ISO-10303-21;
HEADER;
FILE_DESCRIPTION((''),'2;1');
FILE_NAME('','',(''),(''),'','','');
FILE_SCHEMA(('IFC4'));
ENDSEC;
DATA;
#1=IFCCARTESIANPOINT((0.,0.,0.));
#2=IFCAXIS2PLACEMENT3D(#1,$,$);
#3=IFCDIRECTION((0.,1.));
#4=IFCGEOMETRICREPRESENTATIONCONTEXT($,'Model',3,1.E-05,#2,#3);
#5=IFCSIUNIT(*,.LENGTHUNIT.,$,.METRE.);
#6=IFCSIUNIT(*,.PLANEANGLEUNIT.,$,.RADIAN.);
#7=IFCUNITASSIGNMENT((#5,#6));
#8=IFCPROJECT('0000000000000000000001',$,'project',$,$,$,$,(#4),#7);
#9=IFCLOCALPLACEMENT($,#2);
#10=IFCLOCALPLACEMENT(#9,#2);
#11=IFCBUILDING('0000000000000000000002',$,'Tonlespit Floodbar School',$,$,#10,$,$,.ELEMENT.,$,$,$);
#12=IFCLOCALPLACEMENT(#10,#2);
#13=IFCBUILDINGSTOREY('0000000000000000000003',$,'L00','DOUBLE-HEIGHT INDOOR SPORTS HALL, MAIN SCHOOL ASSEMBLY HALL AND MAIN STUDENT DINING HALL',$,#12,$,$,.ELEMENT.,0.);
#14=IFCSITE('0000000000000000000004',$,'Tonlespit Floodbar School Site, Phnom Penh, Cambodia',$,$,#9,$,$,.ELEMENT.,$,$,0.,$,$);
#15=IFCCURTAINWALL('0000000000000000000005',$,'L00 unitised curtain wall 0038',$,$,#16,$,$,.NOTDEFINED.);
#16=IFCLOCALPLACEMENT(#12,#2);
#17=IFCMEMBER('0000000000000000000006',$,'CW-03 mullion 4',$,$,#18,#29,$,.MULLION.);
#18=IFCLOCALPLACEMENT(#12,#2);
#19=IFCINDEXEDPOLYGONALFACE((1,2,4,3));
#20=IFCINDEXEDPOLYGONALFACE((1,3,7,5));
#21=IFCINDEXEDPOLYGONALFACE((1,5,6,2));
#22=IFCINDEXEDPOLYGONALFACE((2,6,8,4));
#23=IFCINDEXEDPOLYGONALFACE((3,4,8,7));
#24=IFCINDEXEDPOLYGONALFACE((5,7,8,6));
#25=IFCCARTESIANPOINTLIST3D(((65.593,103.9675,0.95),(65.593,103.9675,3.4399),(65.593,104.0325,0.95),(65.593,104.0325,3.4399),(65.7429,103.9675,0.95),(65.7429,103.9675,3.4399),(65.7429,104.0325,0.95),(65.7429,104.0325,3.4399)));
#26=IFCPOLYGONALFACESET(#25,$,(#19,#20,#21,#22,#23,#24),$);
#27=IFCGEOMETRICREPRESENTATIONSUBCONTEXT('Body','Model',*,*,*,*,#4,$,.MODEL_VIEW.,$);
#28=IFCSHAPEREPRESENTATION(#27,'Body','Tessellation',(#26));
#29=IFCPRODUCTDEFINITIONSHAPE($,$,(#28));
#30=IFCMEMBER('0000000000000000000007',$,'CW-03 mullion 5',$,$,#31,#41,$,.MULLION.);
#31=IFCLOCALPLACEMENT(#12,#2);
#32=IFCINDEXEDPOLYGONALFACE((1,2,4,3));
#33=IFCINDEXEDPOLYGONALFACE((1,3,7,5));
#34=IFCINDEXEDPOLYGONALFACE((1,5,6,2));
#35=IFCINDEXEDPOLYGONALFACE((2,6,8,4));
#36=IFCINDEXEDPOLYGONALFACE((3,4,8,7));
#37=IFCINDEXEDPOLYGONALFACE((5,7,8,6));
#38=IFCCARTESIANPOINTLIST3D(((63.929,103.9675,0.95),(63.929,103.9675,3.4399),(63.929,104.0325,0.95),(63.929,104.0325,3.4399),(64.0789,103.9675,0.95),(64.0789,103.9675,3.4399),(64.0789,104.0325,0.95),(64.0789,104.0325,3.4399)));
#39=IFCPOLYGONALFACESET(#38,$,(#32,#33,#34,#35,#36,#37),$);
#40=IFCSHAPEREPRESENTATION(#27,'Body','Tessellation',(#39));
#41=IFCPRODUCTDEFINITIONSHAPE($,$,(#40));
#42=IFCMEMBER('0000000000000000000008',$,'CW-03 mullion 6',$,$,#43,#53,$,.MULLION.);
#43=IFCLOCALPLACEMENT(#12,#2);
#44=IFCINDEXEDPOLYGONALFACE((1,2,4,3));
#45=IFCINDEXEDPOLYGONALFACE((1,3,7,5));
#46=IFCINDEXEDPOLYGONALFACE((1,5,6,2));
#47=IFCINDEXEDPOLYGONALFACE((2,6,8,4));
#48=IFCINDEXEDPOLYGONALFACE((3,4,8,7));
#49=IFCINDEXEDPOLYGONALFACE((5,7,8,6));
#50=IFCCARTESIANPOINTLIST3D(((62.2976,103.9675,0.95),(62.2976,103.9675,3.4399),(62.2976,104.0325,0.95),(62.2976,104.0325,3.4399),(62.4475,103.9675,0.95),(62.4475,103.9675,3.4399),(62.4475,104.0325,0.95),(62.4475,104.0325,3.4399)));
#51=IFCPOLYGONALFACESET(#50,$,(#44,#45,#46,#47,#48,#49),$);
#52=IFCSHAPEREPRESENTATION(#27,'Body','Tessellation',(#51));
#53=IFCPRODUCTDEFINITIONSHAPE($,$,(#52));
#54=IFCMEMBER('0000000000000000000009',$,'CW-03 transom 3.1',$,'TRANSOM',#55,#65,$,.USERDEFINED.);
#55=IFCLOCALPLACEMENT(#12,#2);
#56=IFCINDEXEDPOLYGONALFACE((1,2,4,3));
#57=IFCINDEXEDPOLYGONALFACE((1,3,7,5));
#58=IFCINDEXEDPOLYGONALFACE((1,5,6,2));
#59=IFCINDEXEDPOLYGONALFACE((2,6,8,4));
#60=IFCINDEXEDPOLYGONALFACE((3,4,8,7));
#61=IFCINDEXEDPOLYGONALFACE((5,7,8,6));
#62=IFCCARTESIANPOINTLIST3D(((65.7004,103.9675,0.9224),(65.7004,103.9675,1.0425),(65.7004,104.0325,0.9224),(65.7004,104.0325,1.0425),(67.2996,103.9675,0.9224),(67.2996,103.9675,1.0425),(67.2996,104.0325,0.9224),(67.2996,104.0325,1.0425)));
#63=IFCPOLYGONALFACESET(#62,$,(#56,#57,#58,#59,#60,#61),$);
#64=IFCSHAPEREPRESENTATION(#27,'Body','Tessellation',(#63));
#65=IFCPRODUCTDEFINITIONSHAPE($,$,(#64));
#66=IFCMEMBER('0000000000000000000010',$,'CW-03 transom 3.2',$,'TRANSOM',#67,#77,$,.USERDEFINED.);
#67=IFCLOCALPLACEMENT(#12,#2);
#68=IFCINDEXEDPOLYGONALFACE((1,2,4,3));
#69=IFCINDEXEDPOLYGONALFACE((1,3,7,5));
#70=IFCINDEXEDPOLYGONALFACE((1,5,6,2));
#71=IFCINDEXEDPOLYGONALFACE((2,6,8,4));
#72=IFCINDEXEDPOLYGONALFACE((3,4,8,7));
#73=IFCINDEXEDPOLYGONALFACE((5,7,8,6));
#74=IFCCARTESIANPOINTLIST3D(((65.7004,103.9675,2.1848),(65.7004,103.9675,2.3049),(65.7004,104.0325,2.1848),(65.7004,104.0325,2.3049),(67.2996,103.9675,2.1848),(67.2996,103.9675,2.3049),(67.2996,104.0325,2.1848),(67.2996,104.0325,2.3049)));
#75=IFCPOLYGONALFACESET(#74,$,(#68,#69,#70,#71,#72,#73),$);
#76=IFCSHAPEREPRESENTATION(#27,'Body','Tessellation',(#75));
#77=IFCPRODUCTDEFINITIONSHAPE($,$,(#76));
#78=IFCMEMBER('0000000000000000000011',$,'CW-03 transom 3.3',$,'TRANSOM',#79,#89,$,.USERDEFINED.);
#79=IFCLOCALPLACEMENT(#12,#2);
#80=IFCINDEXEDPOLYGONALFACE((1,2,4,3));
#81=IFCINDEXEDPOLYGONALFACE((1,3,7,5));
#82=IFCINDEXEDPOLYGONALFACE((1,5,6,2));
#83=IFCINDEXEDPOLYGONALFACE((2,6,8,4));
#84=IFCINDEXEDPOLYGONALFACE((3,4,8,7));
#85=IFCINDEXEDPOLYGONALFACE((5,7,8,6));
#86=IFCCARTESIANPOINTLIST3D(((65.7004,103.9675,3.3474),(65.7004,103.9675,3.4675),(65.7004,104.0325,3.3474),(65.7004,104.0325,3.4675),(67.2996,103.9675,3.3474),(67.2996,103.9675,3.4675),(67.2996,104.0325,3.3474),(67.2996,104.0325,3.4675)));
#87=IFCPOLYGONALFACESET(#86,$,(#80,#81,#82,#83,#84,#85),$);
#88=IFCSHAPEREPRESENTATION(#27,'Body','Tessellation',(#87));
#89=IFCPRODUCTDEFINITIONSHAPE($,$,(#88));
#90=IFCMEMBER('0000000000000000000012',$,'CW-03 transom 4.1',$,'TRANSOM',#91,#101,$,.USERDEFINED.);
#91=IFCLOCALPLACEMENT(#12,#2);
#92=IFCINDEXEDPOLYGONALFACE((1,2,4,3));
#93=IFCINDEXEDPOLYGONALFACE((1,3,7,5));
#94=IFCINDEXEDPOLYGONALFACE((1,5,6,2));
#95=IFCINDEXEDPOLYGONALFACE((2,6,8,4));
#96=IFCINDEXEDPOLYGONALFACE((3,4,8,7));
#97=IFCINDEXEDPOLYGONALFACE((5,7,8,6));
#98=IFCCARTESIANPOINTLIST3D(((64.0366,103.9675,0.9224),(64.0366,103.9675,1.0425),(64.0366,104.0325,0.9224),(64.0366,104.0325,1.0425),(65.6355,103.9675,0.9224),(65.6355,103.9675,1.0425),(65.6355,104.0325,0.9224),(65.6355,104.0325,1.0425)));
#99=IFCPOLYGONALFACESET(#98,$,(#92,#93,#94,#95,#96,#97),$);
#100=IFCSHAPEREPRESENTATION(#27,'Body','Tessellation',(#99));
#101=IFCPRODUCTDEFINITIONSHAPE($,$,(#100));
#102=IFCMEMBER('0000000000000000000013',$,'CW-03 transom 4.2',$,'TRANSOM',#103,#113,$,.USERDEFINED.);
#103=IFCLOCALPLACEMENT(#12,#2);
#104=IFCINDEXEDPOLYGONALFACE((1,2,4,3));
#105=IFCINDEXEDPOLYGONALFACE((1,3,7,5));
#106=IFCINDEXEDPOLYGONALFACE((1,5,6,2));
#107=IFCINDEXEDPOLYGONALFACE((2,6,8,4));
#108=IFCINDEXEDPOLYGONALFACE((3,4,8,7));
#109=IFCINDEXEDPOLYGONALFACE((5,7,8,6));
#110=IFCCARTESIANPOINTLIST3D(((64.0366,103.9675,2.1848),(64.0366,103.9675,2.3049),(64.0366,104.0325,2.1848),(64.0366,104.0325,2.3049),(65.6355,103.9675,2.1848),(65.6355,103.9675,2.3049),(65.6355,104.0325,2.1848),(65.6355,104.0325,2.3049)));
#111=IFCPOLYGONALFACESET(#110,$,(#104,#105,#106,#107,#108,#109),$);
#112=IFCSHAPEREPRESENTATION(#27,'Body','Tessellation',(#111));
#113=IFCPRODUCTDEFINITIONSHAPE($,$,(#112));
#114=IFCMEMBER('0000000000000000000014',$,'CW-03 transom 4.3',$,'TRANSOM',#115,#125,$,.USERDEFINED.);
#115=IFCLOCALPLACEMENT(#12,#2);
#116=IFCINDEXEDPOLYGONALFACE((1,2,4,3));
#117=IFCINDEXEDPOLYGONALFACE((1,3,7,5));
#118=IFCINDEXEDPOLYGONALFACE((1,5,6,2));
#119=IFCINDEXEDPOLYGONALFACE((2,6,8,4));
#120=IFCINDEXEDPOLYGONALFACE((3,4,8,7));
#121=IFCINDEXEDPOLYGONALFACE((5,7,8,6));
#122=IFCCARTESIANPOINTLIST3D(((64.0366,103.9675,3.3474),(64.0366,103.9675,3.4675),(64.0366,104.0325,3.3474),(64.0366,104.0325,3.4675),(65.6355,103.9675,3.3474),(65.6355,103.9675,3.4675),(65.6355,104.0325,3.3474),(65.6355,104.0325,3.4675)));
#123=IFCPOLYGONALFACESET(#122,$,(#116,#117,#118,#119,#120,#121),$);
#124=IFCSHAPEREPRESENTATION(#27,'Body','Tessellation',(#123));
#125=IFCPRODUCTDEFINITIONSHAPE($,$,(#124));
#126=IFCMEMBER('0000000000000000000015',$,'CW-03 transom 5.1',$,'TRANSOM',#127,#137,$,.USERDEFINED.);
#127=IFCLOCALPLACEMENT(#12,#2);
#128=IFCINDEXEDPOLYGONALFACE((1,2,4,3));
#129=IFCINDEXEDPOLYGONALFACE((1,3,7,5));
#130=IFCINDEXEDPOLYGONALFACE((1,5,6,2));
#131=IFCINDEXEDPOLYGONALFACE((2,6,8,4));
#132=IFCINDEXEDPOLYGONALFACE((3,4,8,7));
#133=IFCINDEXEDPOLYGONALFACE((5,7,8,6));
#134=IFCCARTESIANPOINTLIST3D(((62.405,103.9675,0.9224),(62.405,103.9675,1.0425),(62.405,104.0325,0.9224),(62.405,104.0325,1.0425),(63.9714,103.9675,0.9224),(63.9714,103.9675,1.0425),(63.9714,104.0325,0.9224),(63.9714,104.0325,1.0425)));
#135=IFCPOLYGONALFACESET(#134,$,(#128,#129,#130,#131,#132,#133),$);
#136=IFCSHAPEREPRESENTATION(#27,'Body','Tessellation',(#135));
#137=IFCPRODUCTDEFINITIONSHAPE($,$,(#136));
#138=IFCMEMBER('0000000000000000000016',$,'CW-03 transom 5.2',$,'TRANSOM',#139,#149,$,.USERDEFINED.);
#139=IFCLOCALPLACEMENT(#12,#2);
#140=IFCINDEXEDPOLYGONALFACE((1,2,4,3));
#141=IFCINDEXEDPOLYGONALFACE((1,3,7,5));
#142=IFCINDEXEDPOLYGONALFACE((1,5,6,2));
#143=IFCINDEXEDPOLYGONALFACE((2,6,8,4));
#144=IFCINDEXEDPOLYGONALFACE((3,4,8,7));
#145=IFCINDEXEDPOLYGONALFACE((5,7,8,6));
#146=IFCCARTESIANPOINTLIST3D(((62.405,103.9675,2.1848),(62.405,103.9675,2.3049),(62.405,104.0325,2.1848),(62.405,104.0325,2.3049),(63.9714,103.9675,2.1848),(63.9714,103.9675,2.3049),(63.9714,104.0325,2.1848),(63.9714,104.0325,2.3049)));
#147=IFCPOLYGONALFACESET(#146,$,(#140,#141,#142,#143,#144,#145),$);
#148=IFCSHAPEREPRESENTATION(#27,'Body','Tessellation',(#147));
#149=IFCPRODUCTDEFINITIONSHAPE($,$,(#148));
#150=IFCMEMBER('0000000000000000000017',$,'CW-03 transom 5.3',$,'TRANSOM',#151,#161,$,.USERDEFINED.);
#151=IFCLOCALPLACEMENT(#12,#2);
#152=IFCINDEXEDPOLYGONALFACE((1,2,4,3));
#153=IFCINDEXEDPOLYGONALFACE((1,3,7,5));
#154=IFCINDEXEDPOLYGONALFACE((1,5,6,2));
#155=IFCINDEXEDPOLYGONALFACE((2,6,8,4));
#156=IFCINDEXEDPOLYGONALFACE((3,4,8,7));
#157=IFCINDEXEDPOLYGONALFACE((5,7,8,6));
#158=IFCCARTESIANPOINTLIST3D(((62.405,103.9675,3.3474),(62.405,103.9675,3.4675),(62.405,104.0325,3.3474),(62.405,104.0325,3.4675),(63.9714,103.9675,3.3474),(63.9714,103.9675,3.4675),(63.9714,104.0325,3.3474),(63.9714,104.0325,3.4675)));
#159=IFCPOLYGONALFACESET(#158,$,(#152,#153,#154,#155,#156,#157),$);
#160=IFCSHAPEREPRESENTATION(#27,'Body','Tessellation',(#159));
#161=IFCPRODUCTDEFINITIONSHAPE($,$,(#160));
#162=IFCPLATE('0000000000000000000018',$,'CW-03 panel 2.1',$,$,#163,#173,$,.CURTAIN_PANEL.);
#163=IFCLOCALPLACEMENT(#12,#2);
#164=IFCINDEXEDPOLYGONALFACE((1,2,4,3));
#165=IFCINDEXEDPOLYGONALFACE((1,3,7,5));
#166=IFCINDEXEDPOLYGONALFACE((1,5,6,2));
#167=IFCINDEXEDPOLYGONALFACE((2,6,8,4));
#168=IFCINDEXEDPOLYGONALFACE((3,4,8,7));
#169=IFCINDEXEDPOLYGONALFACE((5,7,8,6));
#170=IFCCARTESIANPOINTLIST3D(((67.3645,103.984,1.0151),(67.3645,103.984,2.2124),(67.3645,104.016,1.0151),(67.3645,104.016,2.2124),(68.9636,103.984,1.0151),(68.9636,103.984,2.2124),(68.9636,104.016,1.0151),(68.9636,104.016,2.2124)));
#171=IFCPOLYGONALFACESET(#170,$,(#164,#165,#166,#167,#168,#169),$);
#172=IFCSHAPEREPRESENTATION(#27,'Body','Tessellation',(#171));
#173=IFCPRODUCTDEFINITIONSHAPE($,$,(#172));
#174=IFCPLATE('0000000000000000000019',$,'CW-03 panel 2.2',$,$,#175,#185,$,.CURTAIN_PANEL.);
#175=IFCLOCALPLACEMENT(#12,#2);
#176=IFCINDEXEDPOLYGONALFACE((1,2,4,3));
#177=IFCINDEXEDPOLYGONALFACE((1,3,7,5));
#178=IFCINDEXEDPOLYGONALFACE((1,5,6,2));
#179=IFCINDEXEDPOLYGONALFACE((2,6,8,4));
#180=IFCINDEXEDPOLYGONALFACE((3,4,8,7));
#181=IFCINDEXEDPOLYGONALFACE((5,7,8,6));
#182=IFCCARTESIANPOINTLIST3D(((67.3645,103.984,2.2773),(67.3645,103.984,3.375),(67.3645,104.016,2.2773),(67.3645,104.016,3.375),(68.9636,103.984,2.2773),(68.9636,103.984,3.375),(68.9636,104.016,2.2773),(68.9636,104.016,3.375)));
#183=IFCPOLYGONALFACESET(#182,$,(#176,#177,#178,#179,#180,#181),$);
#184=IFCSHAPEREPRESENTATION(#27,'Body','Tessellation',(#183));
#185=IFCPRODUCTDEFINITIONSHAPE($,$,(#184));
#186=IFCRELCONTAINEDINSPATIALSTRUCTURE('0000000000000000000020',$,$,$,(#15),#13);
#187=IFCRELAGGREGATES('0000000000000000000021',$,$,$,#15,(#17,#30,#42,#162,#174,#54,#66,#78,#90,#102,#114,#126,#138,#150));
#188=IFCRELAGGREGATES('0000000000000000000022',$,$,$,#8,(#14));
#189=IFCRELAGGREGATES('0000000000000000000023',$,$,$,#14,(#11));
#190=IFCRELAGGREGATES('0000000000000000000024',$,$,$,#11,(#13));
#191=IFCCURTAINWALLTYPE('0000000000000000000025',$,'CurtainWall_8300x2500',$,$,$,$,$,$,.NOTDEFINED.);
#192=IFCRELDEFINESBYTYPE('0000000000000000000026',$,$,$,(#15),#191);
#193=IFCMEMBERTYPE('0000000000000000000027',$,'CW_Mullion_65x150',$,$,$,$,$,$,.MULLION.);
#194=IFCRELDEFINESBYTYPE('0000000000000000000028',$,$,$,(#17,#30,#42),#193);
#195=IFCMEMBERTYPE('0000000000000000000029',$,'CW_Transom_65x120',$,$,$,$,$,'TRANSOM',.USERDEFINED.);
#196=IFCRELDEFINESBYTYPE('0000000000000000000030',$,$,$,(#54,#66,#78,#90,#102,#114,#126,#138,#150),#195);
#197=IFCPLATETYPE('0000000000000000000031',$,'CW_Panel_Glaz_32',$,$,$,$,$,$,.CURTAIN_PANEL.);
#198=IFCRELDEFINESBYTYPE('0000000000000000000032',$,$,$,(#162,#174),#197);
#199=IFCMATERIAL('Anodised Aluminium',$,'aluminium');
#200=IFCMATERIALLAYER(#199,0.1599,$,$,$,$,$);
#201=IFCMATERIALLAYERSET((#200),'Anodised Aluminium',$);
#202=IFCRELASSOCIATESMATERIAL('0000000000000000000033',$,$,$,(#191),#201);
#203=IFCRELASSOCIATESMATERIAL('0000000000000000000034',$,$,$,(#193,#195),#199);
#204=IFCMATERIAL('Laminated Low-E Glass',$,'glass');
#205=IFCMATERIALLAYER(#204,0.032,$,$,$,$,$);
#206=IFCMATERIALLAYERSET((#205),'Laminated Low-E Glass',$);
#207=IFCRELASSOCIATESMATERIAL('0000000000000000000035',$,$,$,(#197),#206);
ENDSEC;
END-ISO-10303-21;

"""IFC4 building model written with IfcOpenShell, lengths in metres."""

from ifc_helpers import new_model, si_unit, direction, frame, origin, origin_2d, place, context, subcontext, project, spatial, rectangle, extrude, material, layer, layer_set, material_profile, profile_set, type_object, element, aggregate, save


model = new_model("IFC4")

# Units and contexts
model_context = context("Model", 3, precision=1e-05, world=origin(), true_north=direction((0.0, 1.0)))
body_context = subcontext(model_context, "Body", "Model", "MODEL_VIEW")
ifc_project = project(units=[si_unit("LENGTHUNIT", "METRE"), si_unit("PLANEANGLEUNIT", "RADIAN")], contexts=[model_context])

# Site, building, storey
site_placement = place(None, origin())
site = spatial("IfcSite", under=ifc_project, at=site_placement, Name="Tonlespit Floodbar School Site, Phnom Penh, Cambodia", CompositionType="ELEMENT", RefElevation=0.0)
building_placement = place(site_placement, origin())
building = spatial("IfcBuilding", under=site, at=building_placement, Name="Tonlespit Floodbar School", CompositionType="ELEMENT")
storey_placement = place(building_placement, origin())
storey = spatial("IfcBuildingStorey", under=building, at=storey_placement, Name="L00", Description="DOUBLE-HEIGHT INDOOR SPORTS HALL, MAIN SCHOOL ASSEMBLY HALL AND MAIN STUDENT DINING HALL", CompositionType="ELEMENT", Elevation=0.0)

# Curtain wall, members, plates
ifc_material_1 = material(Name="Anodised Aluminium", Category="aluminium")
ifc_layer_1 = layer(ifc_material_1, 0.1599)
ifc_layer_set_1 = layer_set([ifc_layer_1], Name="Anodised Aluminium")
curtain_wall_type = type_object("IfcCurtainWallType", Name="CurtainWall_8300x2500", PredefinedType="NOTDEFINED", material=ifc_layer_set_1)
curtain_wall_placement = place(storey_placement, origin())
curtain_wall = element("IfcCurtainWall", 1, at=curtain_wall_placement, inside=storey, type_object=curtain_wall_type, Name="L00 unitised curtain wall 0038", PredefinedType="NOTDEFINED")
ifc_material_profile_1 = material_profile(ifc_material_1, rectangle(XDim=0.0649, YDim=0.1499, at=origin_2d()), Name="ALU M65x150")
ifc_profile_set_1 = profile_set([ifc_material_profile_1], Name="Anodised Aluminium")
member_type_1 = type_object("IfcMemberType", Name="CW_Mullion_65x150", PredefinedType="MULLION", material=ifc_profile_set_1)
member_1_placement = place(storey_placement, frame((65.668, 104.0, 0.95), z_axis=(0.0, 0.0, 1.0), x_axis=(0.0, -1.0, 0.0)))
member_1 = element("IfcMember", 2, at=member_1_placement, type_object=member_type_1, Name="CW-03 mullion 4", PredefinedType="MULLION", context=body_context, shape_type="SweptSolid", body=[
    extrude(rectangle(XDim=0.0649, YDim=0.1499, at=origin_2d()), origin(), (0.0, 0.0, 1.0), 2.49),
])
member_2_placement = place(storey_placement, frame((64.0039, 104.0, 0.95), z_axis=(0.0, 0.0, 1.0), x_axis=(0.0, -1.0, 0.0)))
member_2 = element("IfcMember", 3, at=member_2_placement, type_object=member_type_1, Name="CW-03 mullion 5", PredefinedType="MULLION", context=body_context, shape_type="SweptSolid", body=[
    extrude(rectangle(XDim=0.0649, YDim=0.1499, at=origin_2d()), origin(), (0.0, 0.0, 1.0), 2.49),
])
member_3_placement = place(storey_placement, frame((62.3726, 104.0, 0.95), z_axis=(0.0, 0.0, 1.0), x_axis=(0.0, -1.0, 0.0)))
member_3 = element("IfcMember", 4, at=member_3_placement, type_object=member_type_1, Name="CW-03 mullion 6", PredefinedType="MULLION", context=body_context, shape_type="SweptSolid", body=[
    extrude(rectangle(XDim=0.0649, YDim=0.1499, at=origin_2d()), origin(), (0.0, 0.0, 1.0), 2.49),
])
ifc_material_profile_2 = material_profile(ifc_material_1, rectangle(XDim=0.0649, YDim=0.1201, at=origin_2d()), Name="ALU T65x120")
ifc_profile_set_2 = profile_set([ifc_material_profile_2], Name="Anodised Aluminium")
member_type_2 = type_object("IfcMemberType", Name="CW_Transom_65x120", ElementType="TRANSOM", PredefinedType="USERDEFINED", material=ifc_profile_set_2)
member_4_placement = place(storey_placement, frame((67.2996, 104.0, 0.9824), z_axis=(-1.0, 0.0, 0.0), x_axis=(0.0, -1.0, 0.0)))
member_4 = element("IfcMember", 5, at=member_4_placement, type_object=member_type_2, Name="CW-03 transom 3.1", ObjectType="TRANSOM", PredefinedType="USERDEFINED", context=body_context, shape_type="SweptSolid", body=[
    extrude(rectangle(XDim=0.0649, YDim=0.1201, at=origin_2d()), origin(), (0.0, 0.0, 1.0), 1.5991),
])
member_5_placement = place(storey_placement, frame((67.2996, 104.0, 2.2449), z_axis=(-1.0, 0.0, 0.0), x_axis=(0.0, -1.0, 0.0)))
member_5 = element("IfcMember", 6, at=member_5_placement, type_object=member_type_2, Name="CW-03 transom 3.2", ObjectType="TRANSOM", PredefinedType="USERDEFINED", context=body_context, shape_type="SweptSolid", body=[
    extrude(rectangle(XDim=0.0649, YDim=0.1201, at=origin_2d()), origin(), (0.0, 0.0, 1.0), 1.5991),
])
member_6_placement = place(storey_placement, frame((67.2996, 104.0, 3.4075), z_axis=(-1.0, 0.0, 0.0), x_axis=(0.0, -1.0, 0.0)))
member_6 = element("IfcMember", 7, at=member_6_placement, type_object=member_type_2, Name="CW-03 transom 3.3", ObjectType="TRANSOM", PredefinedType="USERDEFINED", context=body_context, shape_type="SweptSolid", body=[
    extrude(rectangle(XDim=0.0649, YDim=0.1201, at=origin_2d()), origin(), (0.0, 0.0, 1.0), 1.5991),
])
member_7_placement = place(storey_placement, frame((65.6355, 104.0, 0.9824), z_axis=(-1.0, 0.0, 0.0), x_axis=(0.0, -1.0, 0.0)))
member_7 = element("IfcMember", 8, at=member_7_placement, type_object=member_type_2, Name="CW-03 transom 4.1", ObjectType="TRANSOM", PredefinedType="USERDEFINED", context=body_context, shape_type="SweptSolid", body=[
    extrude(rectangle(XDim=0.0649, YDim=0.1201, at=origin_2d()), origin(), (0.0, 0.0, 1.0), 1.5989),
])
member_8_placement = place(storey_placement, frame((65.6355, 104.0, 2.2449), z_axis=(-1.0, 0.0, 0.0), x_axis=(0.0, -1.0, 0.0)))
member_8 = element("IfcMember", 9, at=member_8_placement, type_object=member_type_2, Name="CW-03 transom 4.2", ObjectType="TRANSOM", PredefinedType="USERDEFINED", context=body_context, shape_type="SweptSolid", body=[
    extrude(rectangle(XDim=0.0649, YDim=0.1201, at=origin_2d()), origin(), (0.0, 0.0, 1.0), 1.5989),
])
member_9_placement = place(storey_placement, frame((65.6355, 104.0, 3.4075), z_axis=(-1.0, 0.0, 0.0), x_axis=(0.0, -1.0, 0.0)))
member_9 = element("IfcMember", 10, at=member_9_placement, type_object=member_type_2, Name="CW-03 transom 4.3", ObjectType="TRANSOM", PredefinedType="USERDEFINED", context=body_context, shape_type="SweptSolid", body=[
    extrude(rectangle(XDim=0.0649, YDim=0.1201, at=origin_2d()), origin(), (0.0, 0.0, 1.0), 1.5989),
])
member_10_placement = place(storey_placement, frame((63.9714, 104.0, 0.9824), z_axis=(-1.0, 0.0, 0.0), x_axis=(0.0, -1.0, 0.0)))
member_10 = element("IfcMember", 11, at=member_10_placement, type_object=member_type_2, Name="CW-03 transom 5.1", ObjectType="TRANSOM", PredefinedType="USERDEFINED", context=body_context, shape_type="SweptSolid", body=[
    extrude(rectangle(XDim=0.0649, YDim=0.1201, at=origin_2d()), origin(), (0.0, 0.0, 1.0), 1.5664),
])
member_11_placement = place(storey_placement, frame((63.9714, 104.0, 2.2449), z_axis=(-1.0, 0.0, 0.0), x_axis=(0.0, -1.0, 0.0)))
member_11 = element("IfcMember", 12, at=member_11_placement, type_object=member_type_2, Name="CW-03 transom 5.2", ObjectType="TRANSOM", PredefinedType="USERDEFINED", context=body_context, shape_type="SweptSolid", body=[
    extrude(rectangle(XDim=0.0649, YDim=0.1201, at=origin_2d()), origin(), (0.0, 0.0, 1.0), 1.5664),
])
member_12_placement = place(storey_placement, frame((63.9714, 104.0, 3.4075), z_axis=(-1.0, 0.0, 0.0), x_axis=(0.0, -1.0, 0.0)))
member_12 = element("IfcMember", 13, at=member_12_placement, type_object=member_type_2, Name="CW-03 transom 5.3", ObjectType="TRANSOM", PredefinedType="USERDEFINED", context=body_context, shape_type="SweptSolid", body=[
    extrude(rectangle(XDim=0.0649, YDim=0.1201, at=origin_2d()), origin(), (0.0, 0.0, 1.0), 1.5664),
])
ifc_material_2 = material(Name="Laminated Low-E Glass", Category="glass")
ifc_layer_2 = layer(ifc_material_2, 0.032)
ifc_layer_set_2 = layer_set([ifc_layer_2], Name="Laminated Low-E Glass")
plate_type = type_object("IfcPlateType", Name="CW_Panel_Glaz_32", PredefinedType="CURTAIN_PANEL", material=ifc_layer_set_2)
plate_1_placement = place(storey_placement, frame((68.1641, 104.0, 1.0151), z_axis=(0.0, 0.0, 1.0), x_axis=(-1.0, 0.0, 0.0)))
plate_1 = element("IfcPlate", 14, at=plate_1_placement, type_object=plate_type, Name="CW-03 panel 2.1", PredefinedType="CURTAIN_PANEL", context=body_context, shape_type="SweptSolid", body=[
    extrude(rectangle(XDim=1.5991, YDim=0.032, at=origin_2d()), origin(), (0.0, 0.0, 1.0), 1.1973),
])
plate_2_placement = place(storey_placement, frame((68.1641, 104.0, 2.2773), z_axis=(0.0, 0.0, 1.0), x_axis=(-1.0, 0.0, 0.0)))
plate_2 = element("IfcPlate", 15, at=plate_2_placement, type_object=plate_type, Name="CW-03 panel 2.2", PredefinedType="CURTAIN_PANEL", context=body_context, shape_type="SweptSolid", body=[
    extrude(rectangle(XDim=1.5991, YDim=0.032, at=origin_2d()), origin(), (0.0, 0.0, 1.0), 1.0977),
])
aggregate(curtain_wall, [member_1, member_2, member_3, plate_1, plate_2, member_4, member_5, member_6, member_7, member_8, member_9, member_10, member_11, member_12])

save(model, "model.ifc")
